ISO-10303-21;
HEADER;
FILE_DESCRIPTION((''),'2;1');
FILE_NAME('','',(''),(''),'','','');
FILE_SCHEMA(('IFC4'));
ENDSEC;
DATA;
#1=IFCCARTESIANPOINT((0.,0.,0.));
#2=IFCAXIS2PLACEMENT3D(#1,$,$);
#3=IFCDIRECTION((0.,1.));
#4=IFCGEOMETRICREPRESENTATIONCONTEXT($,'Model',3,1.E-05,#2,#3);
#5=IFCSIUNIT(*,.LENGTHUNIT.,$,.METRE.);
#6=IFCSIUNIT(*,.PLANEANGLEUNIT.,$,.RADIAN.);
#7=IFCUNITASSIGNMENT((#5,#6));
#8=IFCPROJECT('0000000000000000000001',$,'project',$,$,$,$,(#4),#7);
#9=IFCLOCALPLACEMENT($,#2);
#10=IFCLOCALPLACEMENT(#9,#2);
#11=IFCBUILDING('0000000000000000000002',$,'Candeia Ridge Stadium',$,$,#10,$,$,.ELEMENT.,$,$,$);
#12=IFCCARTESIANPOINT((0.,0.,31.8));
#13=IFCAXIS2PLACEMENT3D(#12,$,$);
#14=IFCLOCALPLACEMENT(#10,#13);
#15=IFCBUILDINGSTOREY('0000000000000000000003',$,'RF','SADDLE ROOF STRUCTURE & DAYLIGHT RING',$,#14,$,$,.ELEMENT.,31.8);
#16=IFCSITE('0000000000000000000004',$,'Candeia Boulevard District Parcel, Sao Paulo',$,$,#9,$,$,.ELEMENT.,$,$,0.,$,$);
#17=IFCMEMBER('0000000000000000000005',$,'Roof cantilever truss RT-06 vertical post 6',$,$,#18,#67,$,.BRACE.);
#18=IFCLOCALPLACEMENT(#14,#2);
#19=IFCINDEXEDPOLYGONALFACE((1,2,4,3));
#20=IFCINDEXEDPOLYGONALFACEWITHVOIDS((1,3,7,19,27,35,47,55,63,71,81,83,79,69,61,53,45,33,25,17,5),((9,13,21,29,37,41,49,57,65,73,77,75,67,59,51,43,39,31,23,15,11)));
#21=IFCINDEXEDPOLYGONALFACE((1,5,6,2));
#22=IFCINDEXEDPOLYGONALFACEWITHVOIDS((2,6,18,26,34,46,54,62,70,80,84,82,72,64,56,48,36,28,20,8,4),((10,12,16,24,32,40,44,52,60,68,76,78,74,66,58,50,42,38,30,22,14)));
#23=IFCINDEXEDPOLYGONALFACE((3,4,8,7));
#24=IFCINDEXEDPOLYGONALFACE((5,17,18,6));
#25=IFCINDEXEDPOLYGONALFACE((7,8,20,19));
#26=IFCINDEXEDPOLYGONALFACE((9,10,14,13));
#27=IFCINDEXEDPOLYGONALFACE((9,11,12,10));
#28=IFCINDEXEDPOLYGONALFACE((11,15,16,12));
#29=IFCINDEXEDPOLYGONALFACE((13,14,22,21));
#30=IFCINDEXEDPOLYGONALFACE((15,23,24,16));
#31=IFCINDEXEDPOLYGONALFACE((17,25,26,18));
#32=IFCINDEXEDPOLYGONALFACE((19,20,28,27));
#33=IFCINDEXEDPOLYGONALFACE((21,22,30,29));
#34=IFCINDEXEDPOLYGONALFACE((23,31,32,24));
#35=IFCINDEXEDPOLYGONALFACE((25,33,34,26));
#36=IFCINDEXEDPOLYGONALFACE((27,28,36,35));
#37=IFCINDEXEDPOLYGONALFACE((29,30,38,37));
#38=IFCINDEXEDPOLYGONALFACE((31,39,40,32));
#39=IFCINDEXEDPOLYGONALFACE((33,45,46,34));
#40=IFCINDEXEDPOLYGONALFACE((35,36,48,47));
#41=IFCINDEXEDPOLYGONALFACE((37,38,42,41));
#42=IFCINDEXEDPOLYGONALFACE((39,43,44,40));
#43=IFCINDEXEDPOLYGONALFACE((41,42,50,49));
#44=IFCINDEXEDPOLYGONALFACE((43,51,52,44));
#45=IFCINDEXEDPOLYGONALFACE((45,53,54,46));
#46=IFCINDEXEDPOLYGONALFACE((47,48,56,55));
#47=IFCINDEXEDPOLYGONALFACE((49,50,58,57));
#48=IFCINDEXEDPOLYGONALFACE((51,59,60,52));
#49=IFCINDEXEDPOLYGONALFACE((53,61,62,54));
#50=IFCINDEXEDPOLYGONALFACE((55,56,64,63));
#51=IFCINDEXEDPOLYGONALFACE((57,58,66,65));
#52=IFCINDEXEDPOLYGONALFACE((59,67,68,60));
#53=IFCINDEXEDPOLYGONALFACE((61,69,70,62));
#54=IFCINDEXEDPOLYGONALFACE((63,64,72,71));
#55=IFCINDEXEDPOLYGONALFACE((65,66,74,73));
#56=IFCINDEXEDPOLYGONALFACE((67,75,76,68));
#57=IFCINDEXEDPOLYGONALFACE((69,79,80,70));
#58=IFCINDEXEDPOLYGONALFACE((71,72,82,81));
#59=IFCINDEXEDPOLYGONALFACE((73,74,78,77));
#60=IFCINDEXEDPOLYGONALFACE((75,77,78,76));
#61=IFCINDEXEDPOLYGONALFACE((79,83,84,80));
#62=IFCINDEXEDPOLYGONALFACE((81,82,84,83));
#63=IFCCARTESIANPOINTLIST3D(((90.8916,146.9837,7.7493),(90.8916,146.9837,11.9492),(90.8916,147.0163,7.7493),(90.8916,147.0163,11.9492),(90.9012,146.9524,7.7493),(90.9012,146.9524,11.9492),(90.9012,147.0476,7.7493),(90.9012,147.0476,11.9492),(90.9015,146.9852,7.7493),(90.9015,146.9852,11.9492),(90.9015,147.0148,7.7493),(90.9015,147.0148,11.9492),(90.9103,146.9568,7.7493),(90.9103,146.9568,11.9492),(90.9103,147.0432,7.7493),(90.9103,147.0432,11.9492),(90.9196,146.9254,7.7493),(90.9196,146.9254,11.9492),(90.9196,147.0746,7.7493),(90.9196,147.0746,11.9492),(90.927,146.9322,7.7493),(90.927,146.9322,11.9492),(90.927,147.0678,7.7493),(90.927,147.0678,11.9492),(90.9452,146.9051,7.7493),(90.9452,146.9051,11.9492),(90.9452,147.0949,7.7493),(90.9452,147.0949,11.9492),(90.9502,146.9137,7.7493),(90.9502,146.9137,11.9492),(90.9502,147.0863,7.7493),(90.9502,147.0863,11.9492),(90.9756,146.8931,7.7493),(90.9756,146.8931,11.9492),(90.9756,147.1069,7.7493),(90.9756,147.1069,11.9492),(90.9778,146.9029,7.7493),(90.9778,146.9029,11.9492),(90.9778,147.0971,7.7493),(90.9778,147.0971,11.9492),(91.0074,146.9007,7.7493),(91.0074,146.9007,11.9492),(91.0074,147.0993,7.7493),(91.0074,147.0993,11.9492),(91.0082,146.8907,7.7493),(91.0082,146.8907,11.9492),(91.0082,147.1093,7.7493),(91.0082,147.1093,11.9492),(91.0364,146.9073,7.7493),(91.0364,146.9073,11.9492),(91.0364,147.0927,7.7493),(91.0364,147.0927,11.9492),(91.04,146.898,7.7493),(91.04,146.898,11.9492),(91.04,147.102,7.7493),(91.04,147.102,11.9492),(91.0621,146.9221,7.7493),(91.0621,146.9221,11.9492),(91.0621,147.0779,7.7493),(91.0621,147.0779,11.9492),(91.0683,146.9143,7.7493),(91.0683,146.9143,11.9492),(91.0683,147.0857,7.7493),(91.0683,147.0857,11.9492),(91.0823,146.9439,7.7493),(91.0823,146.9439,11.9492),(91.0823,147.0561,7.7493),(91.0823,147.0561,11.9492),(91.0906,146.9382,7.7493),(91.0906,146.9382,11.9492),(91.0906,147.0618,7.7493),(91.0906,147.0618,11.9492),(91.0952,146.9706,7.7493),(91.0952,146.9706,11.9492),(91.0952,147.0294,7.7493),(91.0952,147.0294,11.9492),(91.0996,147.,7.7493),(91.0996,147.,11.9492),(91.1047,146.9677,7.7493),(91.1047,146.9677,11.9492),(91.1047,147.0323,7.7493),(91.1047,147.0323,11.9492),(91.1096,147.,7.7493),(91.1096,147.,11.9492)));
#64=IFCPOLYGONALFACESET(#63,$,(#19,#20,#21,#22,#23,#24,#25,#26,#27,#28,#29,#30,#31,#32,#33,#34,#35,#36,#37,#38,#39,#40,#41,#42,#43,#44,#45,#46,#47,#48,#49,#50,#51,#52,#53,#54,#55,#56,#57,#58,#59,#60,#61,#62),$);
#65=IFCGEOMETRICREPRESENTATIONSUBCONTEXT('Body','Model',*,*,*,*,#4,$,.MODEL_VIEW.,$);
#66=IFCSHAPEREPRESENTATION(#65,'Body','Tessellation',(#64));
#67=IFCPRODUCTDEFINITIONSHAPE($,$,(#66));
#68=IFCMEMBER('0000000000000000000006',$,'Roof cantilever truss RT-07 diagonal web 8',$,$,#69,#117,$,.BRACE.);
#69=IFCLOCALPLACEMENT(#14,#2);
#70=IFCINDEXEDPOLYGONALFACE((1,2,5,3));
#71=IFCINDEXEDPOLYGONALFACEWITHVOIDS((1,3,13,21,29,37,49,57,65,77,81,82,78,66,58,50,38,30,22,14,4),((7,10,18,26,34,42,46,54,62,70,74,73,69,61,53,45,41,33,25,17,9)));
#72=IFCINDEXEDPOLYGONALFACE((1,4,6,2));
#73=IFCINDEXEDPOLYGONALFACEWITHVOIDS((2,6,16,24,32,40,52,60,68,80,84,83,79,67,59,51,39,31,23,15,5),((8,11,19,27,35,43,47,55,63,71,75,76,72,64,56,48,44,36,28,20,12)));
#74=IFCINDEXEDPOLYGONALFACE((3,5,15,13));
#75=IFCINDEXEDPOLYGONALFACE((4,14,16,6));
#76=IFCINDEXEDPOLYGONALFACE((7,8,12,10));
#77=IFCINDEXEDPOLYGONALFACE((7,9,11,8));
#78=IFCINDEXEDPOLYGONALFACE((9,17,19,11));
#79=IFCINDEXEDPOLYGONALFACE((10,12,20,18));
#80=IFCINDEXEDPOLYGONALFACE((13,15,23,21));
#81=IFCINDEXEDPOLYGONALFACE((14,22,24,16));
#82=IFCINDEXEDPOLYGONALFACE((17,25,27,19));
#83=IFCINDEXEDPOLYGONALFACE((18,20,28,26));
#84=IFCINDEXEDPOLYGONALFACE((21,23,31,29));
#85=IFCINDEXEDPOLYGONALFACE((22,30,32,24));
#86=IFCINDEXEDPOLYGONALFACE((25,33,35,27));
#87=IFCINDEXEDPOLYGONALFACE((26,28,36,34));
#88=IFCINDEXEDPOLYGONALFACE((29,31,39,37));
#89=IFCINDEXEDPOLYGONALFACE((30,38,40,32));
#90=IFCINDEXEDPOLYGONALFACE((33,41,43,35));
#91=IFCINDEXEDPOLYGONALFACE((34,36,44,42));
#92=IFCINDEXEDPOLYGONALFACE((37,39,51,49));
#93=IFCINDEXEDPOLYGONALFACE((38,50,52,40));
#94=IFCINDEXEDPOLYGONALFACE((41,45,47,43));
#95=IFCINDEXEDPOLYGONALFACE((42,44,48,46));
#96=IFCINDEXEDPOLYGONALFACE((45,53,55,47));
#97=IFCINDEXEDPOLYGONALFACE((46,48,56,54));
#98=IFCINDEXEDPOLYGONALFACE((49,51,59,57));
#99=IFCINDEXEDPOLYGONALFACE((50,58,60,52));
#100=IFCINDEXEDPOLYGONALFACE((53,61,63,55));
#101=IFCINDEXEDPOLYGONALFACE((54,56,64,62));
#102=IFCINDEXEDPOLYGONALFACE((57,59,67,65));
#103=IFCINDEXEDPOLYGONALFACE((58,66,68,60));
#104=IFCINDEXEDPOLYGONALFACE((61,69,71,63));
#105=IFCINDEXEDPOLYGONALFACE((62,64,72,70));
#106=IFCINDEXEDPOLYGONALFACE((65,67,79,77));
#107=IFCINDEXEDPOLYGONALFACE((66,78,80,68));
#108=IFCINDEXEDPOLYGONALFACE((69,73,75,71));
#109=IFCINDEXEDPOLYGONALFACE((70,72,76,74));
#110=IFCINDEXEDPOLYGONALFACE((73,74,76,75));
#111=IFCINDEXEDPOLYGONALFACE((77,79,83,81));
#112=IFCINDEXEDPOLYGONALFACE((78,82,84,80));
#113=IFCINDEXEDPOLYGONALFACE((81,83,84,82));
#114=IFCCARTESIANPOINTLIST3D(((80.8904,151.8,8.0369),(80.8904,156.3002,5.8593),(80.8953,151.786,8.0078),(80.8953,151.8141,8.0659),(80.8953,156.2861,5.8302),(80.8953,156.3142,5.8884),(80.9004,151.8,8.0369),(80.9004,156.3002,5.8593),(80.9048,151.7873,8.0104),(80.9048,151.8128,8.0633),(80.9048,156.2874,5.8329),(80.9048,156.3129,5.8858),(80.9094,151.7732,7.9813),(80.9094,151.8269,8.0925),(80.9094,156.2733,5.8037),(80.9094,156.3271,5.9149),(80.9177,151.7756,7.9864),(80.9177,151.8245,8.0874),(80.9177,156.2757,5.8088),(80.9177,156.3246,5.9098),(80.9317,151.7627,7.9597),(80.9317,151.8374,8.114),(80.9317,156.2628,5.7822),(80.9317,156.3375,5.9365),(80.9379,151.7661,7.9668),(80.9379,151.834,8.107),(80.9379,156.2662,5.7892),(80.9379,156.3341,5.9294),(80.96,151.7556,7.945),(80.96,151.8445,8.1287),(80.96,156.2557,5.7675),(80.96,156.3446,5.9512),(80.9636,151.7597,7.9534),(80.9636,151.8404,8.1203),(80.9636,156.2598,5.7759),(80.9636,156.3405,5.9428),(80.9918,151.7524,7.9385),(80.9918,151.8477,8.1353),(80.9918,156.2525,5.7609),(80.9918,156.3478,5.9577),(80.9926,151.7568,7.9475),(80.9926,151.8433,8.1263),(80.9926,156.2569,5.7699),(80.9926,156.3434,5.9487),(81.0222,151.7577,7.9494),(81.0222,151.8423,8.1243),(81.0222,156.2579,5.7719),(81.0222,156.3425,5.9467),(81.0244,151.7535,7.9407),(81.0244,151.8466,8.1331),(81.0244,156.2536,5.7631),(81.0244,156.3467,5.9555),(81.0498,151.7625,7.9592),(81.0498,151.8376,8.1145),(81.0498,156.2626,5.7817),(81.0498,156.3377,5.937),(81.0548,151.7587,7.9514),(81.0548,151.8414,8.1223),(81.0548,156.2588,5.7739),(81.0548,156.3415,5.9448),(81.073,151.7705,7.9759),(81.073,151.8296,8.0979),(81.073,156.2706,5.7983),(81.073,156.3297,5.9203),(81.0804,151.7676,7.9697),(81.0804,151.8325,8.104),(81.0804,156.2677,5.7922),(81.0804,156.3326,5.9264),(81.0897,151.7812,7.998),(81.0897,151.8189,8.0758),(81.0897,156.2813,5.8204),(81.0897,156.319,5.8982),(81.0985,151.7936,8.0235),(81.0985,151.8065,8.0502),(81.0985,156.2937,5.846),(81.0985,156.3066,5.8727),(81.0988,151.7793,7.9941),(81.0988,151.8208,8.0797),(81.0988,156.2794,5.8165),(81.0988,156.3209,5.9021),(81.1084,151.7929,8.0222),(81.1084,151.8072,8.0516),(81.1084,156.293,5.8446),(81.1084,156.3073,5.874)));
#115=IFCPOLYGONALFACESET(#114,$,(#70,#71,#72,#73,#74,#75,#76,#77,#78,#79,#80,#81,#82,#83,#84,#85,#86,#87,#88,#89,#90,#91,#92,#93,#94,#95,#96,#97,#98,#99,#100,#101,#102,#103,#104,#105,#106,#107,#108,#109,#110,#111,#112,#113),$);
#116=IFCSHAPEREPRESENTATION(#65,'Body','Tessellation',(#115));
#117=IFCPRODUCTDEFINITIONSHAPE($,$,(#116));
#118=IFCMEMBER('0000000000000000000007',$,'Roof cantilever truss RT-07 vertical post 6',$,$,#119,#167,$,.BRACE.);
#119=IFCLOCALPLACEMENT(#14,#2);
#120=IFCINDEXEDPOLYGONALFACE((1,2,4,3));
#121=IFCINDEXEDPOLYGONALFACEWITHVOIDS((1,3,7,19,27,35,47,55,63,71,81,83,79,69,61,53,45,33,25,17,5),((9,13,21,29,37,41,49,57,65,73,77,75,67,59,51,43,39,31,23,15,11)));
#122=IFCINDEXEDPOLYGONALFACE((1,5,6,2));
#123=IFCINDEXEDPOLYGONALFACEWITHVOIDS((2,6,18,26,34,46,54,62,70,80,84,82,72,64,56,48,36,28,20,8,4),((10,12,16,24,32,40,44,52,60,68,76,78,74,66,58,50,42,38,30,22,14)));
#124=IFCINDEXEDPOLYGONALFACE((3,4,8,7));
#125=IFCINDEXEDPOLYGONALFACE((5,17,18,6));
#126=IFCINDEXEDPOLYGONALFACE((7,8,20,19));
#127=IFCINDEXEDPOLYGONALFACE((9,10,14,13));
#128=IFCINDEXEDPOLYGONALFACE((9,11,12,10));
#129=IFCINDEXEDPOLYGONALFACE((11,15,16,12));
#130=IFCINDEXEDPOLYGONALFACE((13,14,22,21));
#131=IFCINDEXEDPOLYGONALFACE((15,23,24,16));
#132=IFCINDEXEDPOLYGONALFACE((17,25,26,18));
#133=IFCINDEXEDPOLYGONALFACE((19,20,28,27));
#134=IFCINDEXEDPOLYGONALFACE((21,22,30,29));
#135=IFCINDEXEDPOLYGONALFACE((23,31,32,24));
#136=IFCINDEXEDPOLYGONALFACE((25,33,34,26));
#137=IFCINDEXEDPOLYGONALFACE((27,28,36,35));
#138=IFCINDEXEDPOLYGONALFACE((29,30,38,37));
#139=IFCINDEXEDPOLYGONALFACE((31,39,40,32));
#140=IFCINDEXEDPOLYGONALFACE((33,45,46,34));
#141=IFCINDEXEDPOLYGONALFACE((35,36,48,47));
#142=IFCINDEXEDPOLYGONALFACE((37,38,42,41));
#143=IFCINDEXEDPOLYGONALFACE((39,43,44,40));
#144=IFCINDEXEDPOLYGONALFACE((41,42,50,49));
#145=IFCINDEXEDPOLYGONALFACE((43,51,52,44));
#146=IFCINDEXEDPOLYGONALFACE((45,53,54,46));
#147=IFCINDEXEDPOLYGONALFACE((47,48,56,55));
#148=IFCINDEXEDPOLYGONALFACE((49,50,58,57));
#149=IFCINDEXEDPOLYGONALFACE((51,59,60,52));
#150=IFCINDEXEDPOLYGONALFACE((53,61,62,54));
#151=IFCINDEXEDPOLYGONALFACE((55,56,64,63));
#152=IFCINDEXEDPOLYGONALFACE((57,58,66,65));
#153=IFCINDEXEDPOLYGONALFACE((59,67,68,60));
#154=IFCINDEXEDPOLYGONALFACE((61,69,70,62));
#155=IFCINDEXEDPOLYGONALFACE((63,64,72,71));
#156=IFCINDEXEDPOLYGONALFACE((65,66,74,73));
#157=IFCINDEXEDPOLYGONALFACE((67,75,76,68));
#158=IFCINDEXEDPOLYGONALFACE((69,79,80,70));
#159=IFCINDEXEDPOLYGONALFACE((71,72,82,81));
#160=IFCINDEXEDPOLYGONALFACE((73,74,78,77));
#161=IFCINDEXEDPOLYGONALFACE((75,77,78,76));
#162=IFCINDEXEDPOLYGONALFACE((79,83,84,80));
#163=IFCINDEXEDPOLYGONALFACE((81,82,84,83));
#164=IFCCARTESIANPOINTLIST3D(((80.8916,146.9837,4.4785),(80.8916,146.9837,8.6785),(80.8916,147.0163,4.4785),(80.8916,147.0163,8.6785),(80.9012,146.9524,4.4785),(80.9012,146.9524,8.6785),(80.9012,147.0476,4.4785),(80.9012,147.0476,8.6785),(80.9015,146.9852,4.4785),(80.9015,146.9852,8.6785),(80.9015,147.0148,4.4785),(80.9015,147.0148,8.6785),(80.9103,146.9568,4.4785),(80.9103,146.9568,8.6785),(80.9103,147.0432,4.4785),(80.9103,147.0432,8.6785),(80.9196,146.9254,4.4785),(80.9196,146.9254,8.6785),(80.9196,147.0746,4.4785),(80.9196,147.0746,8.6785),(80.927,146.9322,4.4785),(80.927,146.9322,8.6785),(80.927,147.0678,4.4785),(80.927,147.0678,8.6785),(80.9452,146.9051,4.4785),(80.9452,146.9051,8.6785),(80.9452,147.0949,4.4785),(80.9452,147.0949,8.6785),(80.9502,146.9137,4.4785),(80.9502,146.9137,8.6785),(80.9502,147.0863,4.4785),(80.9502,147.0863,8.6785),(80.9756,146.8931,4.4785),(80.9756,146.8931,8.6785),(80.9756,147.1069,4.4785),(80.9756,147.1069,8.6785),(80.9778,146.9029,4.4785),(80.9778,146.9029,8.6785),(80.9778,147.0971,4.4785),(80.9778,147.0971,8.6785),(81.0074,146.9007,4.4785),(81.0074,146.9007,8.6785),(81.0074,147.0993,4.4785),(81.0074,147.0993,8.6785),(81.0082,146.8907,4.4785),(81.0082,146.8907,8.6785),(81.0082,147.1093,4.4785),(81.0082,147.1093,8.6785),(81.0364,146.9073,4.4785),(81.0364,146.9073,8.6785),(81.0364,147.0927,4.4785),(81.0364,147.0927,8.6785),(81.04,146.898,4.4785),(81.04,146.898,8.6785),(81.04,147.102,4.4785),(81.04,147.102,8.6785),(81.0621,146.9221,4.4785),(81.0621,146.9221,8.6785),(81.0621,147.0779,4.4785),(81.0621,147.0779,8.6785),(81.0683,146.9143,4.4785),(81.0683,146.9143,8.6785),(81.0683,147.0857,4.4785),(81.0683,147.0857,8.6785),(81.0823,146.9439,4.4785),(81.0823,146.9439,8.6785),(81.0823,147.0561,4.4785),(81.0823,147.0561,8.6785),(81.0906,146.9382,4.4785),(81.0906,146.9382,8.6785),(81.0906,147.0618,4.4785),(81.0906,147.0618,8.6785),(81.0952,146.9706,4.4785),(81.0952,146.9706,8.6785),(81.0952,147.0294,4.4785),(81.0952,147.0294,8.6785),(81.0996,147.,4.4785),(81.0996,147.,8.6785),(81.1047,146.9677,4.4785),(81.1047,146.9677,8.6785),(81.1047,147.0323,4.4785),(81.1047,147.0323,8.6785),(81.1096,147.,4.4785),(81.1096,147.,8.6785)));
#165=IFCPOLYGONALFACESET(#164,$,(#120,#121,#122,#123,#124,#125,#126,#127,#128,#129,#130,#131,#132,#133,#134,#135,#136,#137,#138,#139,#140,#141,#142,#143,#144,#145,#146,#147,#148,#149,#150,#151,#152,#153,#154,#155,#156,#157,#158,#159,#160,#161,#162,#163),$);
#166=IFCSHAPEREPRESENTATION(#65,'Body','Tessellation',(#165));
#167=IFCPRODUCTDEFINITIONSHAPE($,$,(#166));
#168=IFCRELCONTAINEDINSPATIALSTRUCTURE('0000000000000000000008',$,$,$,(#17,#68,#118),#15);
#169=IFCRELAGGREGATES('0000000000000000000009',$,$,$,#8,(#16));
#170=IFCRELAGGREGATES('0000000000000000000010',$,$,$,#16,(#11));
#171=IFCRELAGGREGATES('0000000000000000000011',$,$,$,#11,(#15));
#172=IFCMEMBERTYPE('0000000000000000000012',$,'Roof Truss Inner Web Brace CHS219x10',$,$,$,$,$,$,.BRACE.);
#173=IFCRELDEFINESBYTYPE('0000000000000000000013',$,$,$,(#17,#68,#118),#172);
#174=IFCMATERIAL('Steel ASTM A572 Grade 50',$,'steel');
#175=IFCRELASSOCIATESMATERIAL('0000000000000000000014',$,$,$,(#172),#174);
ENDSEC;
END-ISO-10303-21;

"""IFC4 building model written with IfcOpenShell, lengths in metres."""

from ifc_helpers import new_model, si_unit, direction, frame, origin, origin_2d, place, context, subcontext, project, spatial, hollow_circle, extrude, material, material_profile, profile_set, type_object, element, save


model = new_model("IFC4")

# Units and contexts
model_context = context("Model", 3, precision=1e-05, world=origin(), true_north=direction((0.0, 1.0)))
body_context = subcontext(model_context, "Body", "Model", "MODEL_VIEW")
ifc_project = project(units=[si_unit("LENGTHUNIT", "METRE"), si_unit("PLANEANGLEUNIT", "RADIAN")], contexts=[model_context])

# Site, building, storey
site_placement = place(None, origin())
site = spatial("IfcSite", under=ifc_project, at=site_placement, Name="Candeia Boulevard District Parcel, Sao Paulo", CompositionType="ELEMENT", RefElevation=0.0)
building_placement = place(site_placement, origin())
building = spatial("IfcBuilding", under=site, at=building_placement, Name="Candeia Ridge Stadium", CompositionType="ELEMENT")
storey_placement = place(building_placement, frame((0.0, 0.0, 31.8)))
storey = spatial("IfcBuildingStorey", under=building, at=storey_placement, Name="RF", Description="SADDLE ROOF STRUCTURE & DAYLIGHT RING", CompositionType="ELEMENT", Elevation=31.8)

# Shared definitions
ifc_material_1 = material(Name="Steel ASTM A572 Grade 50", Category="steel")

# Members
ifc_material_profile_1 = material_profile(ifc_material_1, hollow_circle(Radius=0.1096, WallThickness=0.01, at=origin_2d()), Name="CHS219x10", Category="steel")
ifc_profile_set_1 = profile_set([ifc_material_profile_1], Name="Steel ASTM A572 Grade 50")
member_type_1 = type_object("IfcMemberType", Name="Roof Truss Inner Web Brace CHS219x10", PredefinedType="BRACE", material=ifc_profile_set_1)
member_1_placement = place(storey_placement, frame((91.0, 147.0, 7.7493), z_axis=(0.0, 0.0, 1.0), x_axis=(1.0, 0.0, 0.0)))
element("IfcMember", 1, at=member_1_placement, inside=storey, type_object=member_type_1, Name="Roof cantilever truss RT-06 vertical post 6", PredefinedType="BRACE", context=body_context, shape_type="SweptSolid", body=[
    extrude(hollow_circle(Radius=0.1096, WallThickness=0.01, at=origin_2d()), origin(), (0.0, 0.0, 1.0), 4.2),
])
member_2_placement = place(storey_placement, frame((81.0, 151.8, 8.0369), z_axis=(0.0, 0.900154, -0.435572), x_axis=(-1.0, 0.0, 0.0)))
element("IfcMember", 2, at=member_2_placement, inside=storey, type_object=member_type_1, Name="Roof cantilever truss RT-07 diagonal web 8", PredefinedType="BRACE", context=body_context, shape_type="SweptSolid", body=[
    extrude(hollow_circle(Radius=0.1096, WallThickness=0.01, at=origin_2d()), origin(), (0.0, 0.0, 1.0), 4.9993),
])
member_3_placement = place(storey_placement, frame((81.0, 147.0, 4.4785), z_axis=(0.0, 0.0, 1.0), x_axis=(1.0, 0.0, 0.0)))
element("IfcMember", 3, at=member_3_placement, inside=storey, type_object=member_type_1, Name="Roof cantilever truss RT-07 vertical post 6", PredefinedType="BRACE", context=body_context, shape_type="SweptSolid", body=[
    extrude(hollow_circle(Radius=0.1096, WallThickness=0.01, at=origin_2d()), origin(), (0.0, 0.0, 1.0), 4.2),
])

save(model, "model.ifc")
